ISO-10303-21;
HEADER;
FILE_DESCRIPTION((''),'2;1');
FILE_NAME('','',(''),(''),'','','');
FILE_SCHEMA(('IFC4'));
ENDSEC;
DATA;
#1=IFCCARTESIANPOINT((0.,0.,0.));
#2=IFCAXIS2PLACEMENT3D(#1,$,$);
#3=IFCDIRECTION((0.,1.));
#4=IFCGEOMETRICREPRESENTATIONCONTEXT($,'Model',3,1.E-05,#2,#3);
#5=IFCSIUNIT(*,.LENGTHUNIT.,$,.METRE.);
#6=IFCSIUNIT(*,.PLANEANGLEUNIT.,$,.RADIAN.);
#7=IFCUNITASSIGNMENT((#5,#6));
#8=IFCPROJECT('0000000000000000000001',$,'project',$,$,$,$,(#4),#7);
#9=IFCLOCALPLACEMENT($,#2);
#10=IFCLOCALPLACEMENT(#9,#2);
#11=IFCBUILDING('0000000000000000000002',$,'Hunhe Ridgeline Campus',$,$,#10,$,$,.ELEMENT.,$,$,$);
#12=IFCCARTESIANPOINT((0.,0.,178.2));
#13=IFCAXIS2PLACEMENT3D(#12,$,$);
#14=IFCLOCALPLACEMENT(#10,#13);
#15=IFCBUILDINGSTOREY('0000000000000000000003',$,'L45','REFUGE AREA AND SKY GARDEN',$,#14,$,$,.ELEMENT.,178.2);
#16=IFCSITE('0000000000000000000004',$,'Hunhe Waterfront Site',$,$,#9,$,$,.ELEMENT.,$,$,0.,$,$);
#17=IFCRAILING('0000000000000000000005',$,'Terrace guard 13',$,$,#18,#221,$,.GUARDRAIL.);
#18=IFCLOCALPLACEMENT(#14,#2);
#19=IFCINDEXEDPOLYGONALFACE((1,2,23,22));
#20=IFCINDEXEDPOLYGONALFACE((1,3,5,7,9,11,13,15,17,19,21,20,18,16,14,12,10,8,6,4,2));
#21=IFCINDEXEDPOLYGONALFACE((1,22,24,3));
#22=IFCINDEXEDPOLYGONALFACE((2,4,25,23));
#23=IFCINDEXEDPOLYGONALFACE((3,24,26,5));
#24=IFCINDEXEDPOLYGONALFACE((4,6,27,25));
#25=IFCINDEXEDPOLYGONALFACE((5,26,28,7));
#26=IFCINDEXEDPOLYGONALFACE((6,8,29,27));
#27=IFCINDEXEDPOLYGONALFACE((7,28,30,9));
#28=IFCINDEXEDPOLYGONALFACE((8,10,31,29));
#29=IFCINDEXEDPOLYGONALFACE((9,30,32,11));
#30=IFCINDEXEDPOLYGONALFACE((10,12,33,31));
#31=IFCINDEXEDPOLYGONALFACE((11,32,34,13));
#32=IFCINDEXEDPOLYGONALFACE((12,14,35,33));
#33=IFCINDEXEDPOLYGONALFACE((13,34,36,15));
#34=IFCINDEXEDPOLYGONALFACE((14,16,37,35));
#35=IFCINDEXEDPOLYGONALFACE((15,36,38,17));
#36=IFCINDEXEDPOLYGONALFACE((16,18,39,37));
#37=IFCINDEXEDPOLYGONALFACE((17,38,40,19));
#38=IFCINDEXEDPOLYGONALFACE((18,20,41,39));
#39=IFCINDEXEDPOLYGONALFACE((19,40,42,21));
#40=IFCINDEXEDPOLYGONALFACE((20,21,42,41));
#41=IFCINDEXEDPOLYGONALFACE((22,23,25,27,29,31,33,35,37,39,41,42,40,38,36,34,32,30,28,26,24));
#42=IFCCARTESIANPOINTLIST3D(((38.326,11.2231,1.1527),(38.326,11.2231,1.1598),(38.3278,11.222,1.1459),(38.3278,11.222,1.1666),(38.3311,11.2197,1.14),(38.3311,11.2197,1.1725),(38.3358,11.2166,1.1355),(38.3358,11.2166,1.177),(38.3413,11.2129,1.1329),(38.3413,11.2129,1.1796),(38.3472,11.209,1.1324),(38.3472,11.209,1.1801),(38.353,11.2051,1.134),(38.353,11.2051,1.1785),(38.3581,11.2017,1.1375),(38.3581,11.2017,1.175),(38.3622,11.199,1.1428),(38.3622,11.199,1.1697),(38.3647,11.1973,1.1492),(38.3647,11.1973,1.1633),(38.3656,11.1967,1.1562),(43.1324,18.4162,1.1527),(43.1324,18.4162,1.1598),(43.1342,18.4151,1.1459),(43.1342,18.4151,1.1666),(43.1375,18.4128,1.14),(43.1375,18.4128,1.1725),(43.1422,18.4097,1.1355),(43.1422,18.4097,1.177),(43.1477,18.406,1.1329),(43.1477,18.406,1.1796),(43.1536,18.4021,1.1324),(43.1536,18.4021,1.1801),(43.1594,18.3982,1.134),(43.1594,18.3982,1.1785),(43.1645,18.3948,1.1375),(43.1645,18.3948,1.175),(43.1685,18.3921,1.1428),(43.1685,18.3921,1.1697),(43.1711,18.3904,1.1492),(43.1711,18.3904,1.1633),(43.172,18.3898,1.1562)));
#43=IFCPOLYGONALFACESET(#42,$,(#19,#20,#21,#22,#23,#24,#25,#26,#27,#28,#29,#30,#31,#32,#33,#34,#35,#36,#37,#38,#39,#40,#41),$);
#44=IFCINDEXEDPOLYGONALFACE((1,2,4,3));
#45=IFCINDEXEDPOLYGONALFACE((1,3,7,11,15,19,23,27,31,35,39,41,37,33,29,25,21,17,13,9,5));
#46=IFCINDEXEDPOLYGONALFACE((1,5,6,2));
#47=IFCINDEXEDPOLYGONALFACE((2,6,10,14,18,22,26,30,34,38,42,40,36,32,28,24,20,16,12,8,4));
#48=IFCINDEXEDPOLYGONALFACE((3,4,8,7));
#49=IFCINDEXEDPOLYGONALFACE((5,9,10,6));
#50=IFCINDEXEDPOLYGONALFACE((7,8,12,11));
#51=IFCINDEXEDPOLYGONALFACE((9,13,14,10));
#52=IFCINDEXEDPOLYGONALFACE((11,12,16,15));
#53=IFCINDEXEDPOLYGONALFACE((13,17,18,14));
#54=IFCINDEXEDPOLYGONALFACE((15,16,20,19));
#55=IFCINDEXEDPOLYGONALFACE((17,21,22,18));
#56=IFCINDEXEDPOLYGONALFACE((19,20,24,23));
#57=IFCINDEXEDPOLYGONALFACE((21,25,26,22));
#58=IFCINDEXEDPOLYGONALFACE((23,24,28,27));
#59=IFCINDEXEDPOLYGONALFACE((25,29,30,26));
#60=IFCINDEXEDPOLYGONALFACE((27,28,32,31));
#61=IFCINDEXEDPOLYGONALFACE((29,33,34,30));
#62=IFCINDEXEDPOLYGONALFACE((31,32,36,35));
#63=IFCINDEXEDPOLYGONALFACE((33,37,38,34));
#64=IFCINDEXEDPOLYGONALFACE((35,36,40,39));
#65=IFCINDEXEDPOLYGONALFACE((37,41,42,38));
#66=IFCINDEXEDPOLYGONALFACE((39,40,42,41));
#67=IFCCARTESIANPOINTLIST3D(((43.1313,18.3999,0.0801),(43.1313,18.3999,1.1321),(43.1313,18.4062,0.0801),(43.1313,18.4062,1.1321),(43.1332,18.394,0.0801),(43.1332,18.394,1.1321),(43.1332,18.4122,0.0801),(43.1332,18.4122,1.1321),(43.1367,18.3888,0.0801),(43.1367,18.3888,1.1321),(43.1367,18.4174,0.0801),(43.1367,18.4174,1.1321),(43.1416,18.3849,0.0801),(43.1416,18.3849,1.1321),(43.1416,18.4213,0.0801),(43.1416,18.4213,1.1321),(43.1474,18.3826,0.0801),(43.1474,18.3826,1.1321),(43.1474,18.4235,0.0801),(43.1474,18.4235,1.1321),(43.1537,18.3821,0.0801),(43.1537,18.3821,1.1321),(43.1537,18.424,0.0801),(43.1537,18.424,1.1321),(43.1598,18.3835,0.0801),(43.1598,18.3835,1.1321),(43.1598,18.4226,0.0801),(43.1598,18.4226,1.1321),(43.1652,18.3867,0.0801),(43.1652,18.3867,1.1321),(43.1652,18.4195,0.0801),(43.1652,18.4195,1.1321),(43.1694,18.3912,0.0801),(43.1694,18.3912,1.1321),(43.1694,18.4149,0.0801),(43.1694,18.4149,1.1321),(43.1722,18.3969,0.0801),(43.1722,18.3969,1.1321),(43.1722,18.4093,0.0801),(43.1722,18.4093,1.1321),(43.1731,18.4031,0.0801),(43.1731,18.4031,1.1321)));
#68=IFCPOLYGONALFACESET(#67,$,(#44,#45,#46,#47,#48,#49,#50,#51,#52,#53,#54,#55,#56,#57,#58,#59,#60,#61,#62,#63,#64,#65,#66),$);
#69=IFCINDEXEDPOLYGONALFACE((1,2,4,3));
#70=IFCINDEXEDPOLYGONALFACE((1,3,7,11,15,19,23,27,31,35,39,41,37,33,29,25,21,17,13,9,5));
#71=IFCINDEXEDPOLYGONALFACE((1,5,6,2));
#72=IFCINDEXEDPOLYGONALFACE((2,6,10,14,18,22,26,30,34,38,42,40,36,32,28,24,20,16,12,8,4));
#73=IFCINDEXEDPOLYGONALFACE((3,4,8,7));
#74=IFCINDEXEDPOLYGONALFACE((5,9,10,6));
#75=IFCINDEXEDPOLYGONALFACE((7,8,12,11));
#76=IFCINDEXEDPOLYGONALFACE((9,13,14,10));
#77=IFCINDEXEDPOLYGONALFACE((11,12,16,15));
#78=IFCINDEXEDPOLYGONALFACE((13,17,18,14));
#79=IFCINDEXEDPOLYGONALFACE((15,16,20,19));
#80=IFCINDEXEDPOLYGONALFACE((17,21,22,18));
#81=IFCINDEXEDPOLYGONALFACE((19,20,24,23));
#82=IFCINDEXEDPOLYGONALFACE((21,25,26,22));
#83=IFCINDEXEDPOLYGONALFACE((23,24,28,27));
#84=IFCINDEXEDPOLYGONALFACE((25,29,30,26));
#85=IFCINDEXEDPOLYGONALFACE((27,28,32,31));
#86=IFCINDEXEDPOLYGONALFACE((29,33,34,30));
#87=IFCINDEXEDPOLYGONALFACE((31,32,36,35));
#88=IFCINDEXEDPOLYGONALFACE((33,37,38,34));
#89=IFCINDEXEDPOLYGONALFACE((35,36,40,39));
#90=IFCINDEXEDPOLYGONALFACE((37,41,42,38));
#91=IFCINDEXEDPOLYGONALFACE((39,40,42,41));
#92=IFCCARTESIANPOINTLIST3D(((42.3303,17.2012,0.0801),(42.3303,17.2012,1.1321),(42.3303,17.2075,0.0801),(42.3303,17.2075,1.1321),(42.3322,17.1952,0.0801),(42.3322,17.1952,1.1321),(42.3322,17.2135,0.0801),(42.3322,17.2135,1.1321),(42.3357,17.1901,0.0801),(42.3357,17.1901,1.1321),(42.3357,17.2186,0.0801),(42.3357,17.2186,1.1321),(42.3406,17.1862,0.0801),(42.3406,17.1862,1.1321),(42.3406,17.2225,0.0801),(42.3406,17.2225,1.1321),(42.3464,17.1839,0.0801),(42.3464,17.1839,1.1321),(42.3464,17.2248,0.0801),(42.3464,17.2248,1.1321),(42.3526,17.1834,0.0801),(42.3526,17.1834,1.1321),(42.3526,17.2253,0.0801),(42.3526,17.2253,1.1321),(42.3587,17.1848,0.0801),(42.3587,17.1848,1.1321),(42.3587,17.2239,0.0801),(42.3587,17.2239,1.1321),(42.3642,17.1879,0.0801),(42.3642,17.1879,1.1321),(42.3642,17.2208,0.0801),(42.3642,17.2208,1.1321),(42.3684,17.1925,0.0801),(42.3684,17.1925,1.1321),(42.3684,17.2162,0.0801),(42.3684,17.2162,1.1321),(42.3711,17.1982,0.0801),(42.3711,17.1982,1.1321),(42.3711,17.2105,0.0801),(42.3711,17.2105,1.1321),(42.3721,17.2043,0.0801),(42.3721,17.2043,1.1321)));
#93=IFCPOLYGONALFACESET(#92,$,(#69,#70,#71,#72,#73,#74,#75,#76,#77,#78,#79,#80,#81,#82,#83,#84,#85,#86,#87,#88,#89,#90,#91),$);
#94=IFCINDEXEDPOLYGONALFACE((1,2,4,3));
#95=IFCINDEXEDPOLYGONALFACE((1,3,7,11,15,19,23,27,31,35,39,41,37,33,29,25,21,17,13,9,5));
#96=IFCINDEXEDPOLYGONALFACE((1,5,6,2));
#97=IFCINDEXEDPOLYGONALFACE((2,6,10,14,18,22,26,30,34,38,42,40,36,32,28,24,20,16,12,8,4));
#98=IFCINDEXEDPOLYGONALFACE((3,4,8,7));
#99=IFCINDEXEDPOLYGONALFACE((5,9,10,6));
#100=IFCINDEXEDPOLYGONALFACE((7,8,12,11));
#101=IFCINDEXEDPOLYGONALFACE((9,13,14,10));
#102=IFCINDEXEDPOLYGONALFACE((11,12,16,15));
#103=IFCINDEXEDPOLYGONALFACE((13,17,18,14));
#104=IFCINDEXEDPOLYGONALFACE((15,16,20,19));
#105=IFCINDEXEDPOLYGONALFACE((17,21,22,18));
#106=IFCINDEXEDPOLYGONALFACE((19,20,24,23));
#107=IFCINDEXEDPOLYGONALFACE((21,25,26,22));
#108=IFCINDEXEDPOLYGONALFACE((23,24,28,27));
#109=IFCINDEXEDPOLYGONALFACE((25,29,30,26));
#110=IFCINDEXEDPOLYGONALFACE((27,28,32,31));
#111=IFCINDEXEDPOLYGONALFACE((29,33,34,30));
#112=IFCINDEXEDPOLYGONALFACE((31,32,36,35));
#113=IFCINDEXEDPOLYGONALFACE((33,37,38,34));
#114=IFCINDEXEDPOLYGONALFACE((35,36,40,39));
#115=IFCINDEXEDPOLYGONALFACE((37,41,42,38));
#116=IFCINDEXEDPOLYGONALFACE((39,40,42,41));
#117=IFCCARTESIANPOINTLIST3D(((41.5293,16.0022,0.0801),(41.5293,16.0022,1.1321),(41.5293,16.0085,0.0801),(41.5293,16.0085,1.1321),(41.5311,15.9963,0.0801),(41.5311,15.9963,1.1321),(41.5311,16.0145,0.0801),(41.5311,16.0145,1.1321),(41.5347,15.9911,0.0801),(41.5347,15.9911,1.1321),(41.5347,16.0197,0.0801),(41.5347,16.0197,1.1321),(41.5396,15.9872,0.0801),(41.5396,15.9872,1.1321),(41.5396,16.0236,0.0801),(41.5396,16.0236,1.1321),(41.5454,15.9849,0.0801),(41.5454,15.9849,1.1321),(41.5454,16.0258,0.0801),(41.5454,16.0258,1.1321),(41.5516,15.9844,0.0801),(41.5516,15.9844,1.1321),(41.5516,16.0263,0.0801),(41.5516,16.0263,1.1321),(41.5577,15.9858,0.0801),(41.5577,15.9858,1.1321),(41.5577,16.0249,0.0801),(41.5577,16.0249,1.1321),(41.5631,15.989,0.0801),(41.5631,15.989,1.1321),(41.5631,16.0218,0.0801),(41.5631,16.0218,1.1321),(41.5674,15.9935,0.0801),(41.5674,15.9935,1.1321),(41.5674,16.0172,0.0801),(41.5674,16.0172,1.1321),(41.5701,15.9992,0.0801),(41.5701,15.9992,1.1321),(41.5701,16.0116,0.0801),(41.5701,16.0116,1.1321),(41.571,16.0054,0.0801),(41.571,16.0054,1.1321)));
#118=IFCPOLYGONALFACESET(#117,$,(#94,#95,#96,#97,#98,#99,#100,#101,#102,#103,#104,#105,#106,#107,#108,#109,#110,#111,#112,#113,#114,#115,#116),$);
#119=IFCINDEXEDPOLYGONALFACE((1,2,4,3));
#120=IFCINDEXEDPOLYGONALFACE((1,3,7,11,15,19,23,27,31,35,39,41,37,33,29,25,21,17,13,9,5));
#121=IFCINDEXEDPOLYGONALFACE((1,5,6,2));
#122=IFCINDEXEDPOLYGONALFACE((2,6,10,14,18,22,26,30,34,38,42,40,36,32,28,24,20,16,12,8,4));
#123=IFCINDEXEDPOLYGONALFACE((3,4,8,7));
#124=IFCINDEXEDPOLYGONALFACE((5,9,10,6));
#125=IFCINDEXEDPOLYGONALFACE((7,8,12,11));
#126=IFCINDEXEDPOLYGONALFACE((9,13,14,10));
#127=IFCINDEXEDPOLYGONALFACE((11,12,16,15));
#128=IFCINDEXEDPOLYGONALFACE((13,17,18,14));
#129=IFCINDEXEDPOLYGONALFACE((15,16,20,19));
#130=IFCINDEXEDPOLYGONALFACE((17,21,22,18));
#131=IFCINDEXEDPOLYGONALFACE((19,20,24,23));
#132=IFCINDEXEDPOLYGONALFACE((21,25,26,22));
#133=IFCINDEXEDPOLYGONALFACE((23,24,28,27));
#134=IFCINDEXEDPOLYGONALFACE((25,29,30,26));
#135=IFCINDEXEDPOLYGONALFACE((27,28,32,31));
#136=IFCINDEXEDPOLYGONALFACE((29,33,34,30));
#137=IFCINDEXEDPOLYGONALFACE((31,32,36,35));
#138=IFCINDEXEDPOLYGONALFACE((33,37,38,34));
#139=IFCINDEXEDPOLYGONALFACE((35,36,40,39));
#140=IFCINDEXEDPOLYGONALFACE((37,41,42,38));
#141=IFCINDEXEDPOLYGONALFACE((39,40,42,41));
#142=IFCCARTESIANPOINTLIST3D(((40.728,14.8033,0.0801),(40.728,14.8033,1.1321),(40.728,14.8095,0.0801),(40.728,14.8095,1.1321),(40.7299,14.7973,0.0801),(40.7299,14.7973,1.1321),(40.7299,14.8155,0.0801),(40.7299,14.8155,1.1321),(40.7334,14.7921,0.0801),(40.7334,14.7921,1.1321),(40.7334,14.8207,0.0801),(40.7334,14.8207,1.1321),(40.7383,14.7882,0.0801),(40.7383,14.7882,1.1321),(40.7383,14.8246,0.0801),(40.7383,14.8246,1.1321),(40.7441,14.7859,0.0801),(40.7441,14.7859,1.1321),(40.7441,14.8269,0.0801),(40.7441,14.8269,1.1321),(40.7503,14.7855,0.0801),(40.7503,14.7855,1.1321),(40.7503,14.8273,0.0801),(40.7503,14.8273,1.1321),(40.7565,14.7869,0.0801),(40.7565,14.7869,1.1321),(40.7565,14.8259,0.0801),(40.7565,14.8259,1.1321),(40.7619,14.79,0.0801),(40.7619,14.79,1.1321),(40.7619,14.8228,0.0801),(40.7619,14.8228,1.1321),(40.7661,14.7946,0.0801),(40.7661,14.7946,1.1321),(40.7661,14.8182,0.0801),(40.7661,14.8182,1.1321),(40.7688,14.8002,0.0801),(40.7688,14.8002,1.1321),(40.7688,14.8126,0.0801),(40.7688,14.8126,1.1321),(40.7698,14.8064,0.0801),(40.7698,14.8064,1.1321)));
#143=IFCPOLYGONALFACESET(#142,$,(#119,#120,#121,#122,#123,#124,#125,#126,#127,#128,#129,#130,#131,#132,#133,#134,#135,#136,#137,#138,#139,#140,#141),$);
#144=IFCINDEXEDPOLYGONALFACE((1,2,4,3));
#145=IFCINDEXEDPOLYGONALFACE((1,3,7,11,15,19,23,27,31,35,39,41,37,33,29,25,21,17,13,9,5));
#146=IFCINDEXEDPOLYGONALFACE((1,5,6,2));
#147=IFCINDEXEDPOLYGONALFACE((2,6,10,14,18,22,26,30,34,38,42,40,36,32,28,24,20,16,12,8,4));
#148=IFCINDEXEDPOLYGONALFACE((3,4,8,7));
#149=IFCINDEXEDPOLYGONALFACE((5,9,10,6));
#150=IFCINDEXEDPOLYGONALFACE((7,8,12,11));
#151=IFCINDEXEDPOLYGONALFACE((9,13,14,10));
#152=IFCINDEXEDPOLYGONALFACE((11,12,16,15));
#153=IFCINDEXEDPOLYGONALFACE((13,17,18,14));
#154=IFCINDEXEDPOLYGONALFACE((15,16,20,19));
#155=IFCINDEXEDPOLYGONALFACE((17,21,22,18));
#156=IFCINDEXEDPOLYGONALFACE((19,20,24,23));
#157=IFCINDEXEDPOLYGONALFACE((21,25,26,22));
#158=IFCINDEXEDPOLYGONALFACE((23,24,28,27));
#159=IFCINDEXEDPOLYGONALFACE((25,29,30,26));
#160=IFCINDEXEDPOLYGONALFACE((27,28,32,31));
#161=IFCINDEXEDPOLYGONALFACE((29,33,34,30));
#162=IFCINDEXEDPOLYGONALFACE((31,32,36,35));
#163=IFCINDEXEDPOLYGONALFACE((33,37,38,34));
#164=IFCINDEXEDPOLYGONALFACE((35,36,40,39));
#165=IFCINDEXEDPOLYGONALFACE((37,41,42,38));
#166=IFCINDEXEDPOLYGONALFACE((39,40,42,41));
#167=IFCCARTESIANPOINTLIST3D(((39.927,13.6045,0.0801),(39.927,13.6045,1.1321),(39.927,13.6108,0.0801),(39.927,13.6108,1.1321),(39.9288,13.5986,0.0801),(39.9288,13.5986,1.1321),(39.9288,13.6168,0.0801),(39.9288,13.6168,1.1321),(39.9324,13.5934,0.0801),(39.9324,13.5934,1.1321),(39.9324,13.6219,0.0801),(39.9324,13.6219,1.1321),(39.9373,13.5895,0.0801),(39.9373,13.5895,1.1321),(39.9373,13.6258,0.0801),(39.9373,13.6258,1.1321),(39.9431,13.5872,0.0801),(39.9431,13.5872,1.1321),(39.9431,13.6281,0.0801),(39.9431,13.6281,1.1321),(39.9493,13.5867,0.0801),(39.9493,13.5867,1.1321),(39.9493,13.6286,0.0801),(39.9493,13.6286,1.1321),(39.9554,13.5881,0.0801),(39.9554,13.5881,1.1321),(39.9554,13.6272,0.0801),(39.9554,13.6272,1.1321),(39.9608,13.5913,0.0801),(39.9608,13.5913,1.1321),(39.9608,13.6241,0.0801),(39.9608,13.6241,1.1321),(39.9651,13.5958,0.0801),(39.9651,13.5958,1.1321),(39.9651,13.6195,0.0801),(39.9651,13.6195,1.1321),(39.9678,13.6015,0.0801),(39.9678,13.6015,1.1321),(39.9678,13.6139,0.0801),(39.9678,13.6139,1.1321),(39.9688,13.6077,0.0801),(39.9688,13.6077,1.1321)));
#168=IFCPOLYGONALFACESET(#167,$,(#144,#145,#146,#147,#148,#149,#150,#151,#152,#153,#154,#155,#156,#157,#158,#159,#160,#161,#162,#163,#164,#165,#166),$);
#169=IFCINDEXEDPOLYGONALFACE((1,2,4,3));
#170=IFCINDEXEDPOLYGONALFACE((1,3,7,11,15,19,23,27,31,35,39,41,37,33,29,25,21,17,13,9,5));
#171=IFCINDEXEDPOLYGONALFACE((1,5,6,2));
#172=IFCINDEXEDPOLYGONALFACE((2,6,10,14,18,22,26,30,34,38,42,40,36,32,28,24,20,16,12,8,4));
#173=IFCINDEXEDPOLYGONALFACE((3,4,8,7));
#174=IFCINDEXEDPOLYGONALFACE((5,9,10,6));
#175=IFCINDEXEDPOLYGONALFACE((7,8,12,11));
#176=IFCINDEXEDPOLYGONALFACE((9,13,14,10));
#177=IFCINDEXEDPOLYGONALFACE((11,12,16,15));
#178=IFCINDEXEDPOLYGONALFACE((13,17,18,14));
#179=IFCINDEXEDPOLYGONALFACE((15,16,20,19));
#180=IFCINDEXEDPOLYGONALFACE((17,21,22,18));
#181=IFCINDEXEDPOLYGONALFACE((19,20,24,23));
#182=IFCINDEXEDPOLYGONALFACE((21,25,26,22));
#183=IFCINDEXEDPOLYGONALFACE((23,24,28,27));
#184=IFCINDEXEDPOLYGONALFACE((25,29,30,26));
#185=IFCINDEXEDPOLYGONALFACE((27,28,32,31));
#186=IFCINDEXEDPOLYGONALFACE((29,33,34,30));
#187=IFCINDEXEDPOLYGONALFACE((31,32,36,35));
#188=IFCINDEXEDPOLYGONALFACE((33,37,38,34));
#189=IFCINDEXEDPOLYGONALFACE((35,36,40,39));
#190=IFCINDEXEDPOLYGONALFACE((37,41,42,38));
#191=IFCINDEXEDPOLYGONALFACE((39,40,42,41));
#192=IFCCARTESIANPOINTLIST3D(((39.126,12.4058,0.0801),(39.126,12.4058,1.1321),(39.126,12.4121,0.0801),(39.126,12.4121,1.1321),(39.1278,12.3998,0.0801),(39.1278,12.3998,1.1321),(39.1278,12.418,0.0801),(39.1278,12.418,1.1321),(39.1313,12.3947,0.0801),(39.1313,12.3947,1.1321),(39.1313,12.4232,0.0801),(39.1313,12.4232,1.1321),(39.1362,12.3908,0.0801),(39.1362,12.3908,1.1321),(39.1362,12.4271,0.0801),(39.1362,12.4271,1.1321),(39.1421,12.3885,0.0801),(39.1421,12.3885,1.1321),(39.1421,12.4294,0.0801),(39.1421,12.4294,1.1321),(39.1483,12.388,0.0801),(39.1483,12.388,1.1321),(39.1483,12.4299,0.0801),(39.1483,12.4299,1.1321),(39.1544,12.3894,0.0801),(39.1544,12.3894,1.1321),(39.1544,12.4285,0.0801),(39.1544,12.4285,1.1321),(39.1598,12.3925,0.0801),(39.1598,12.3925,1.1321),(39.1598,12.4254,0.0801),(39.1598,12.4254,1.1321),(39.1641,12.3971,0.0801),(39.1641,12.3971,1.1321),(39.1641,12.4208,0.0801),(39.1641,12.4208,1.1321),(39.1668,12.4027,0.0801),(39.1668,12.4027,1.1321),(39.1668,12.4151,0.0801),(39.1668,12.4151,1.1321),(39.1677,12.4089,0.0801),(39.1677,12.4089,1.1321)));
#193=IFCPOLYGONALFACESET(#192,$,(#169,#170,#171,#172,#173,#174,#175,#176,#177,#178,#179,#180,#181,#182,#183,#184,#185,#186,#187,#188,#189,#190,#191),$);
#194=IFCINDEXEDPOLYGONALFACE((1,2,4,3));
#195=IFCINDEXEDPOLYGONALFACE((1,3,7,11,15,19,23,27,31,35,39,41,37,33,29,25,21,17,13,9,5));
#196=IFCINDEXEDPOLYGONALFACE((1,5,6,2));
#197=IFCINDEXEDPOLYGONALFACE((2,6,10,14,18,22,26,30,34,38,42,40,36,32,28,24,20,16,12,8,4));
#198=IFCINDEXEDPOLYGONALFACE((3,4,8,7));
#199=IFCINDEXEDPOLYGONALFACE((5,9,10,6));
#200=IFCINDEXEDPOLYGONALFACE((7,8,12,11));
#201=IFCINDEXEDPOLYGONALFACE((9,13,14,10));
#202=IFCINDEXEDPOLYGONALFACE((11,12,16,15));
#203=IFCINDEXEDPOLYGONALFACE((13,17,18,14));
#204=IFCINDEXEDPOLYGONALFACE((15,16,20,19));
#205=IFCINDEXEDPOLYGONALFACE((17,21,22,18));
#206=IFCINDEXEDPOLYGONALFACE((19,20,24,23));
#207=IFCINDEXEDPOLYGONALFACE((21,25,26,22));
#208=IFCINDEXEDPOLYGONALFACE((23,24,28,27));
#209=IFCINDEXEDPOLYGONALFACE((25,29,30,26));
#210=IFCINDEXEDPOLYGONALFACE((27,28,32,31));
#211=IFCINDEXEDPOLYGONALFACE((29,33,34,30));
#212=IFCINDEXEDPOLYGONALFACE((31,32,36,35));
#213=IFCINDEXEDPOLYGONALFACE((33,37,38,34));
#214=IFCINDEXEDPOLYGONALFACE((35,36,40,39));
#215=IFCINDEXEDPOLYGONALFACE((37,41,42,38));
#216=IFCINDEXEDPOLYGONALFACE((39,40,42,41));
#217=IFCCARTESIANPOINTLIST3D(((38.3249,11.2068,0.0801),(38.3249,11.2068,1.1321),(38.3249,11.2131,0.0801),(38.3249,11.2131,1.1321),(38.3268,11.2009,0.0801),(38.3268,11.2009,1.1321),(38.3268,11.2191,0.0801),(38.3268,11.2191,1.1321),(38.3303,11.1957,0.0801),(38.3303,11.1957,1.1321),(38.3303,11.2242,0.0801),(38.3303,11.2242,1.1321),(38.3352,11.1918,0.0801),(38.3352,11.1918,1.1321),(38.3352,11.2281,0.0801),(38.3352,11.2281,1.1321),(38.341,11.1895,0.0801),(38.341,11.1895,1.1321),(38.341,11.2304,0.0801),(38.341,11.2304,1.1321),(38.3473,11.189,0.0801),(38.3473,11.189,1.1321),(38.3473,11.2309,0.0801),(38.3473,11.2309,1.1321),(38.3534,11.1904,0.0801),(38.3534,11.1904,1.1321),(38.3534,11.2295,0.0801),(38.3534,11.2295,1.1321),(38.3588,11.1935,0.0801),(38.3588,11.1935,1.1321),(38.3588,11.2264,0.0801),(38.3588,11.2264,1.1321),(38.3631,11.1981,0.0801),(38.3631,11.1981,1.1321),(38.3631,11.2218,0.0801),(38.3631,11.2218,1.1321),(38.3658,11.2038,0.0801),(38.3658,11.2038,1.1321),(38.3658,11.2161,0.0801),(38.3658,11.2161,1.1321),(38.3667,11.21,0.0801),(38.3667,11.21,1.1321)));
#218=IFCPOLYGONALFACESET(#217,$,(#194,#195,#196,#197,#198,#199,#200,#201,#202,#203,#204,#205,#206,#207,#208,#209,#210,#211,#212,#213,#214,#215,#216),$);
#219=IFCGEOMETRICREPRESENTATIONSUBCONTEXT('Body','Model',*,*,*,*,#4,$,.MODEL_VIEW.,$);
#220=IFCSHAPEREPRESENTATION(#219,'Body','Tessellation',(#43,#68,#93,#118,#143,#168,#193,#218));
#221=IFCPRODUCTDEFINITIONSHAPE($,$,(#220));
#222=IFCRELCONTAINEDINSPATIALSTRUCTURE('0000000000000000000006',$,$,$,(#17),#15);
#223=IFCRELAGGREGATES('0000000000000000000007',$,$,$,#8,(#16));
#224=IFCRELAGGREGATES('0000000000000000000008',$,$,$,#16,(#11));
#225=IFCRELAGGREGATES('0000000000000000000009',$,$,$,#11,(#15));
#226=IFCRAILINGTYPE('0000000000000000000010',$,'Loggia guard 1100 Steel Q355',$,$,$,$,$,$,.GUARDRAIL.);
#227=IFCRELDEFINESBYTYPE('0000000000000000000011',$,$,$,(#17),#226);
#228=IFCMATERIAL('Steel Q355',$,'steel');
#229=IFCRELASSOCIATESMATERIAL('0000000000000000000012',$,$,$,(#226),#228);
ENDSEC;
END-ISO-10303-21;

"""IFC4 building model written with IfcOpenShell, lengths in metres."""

from ifc_helpers import new_model, si_unit, direction, frame, origin, origin_2d, place, context, subcontext, project, spatial, circle, extrude, material, type_object, element, save


model = new_model("IFC4")

# Units and contexts
model_context = context("Model", 3, precision=1e-05, world=origin(), true_north=direction((0.0, 1.0)))
body_context = subcontext(model_context, "Body", "Model", "MODEL_VIEW")
ifc_project = project(units=[si_unit("LENGTHUNIT", "METRE"), si_unit("PLANEANGLEUNIT", "RADIAN")], contexts=[model_context])

# Site, building, storey
site_placement = place(None, origin())
site = spatial("IfcSite", under=ifc_project, at=site_placement, Name="Hunhe Waterfront Site", CompositionType="ELEMENT", RefElevation=0.0)
building_placement = place(site_placement, origin())
building = spatial("IfcBuilding", under=site, at=building_placement, Name="Hunhe Ridgeline Campus", CompositionType="ELEMENT")
storey_placement = place(building_placement, frame((0.0, 0.0, 178.2)))
storey = spatial("IfcBuildingStorey", under=building, at=storey_placement, Name="L45", Description="REFUGE AREA AND SKY GARDEN", CompositionType="ELEMENT", Elevation=178.2)

# Railing
ifc_material_1 = material(Name="Steel Q355", Category="steel")
railing_type = type_object("IfcRailingType", Name="Loggia guard 1100 Steel Q355", PredefinedType="GUARDRAIL", material=ifc_material_1)
railing_1_placement = place(storey_placement, frame((43.1521, 18.4031, 0.0801)))
element("IfcRailing", 1, at=railing_1_placement, inside=storey, type_object=railing_type, Name="Terrace guard 13", PredefinedType="GUARDRAIL", context=body_context, shape_type="SweptSolid", body=[
    extrude(circle(Radius=0.0239, at=origin_2d()), frame((0.0, 0.0, 1.0762), z_axis=(-0.555579, -0.831464, 0.0), x_axis=(0.831464, -0.555579, 0.0)), (0.0, 0.0, 1.0), 8.6511),
    extrude(circle(Radius=0.021, at=origin_2d()), origin(), (0.0, 0.0, 1.0), 1.052),
    extrude(circle(Radius=0.021, at=origin_2d()), frame((-0.801, -1.1987, 0.0)), (0.0, 0.0, 1.0), 1.052),
    extrude(circle(Radius=0.021, at=origin_2d()), frame((-1.6021, -2.3977, 0.0)), (0.0, 0.0, 1.0), 1.052),
    extrude(circle(Radius=0.021, at=origin_2d()), frame((-2.4033, -3.5967, 0.0)), (0.0, 0.0, 1.0), 1.052),
    extrude(circle(Radius=0.021, at=origin_2d()), frame((-3.2043, -4.7954, 0.0)), (0.0, 0.0, 1.0), 1.052),
    extrude(circle(Radius=0.021, at=origin_2d()), frame((-4.0054, -5.9941, 0.0)), (0.0, 0.0, 1.0), 1.052),
    extrude(circle(Radius=0.021, at=origin_2d()), frame((-4.8064, -7.1931, 0.0)), (0.0, 0.0, 1.0), 1.052),
])

save(model, "model.ifc")
